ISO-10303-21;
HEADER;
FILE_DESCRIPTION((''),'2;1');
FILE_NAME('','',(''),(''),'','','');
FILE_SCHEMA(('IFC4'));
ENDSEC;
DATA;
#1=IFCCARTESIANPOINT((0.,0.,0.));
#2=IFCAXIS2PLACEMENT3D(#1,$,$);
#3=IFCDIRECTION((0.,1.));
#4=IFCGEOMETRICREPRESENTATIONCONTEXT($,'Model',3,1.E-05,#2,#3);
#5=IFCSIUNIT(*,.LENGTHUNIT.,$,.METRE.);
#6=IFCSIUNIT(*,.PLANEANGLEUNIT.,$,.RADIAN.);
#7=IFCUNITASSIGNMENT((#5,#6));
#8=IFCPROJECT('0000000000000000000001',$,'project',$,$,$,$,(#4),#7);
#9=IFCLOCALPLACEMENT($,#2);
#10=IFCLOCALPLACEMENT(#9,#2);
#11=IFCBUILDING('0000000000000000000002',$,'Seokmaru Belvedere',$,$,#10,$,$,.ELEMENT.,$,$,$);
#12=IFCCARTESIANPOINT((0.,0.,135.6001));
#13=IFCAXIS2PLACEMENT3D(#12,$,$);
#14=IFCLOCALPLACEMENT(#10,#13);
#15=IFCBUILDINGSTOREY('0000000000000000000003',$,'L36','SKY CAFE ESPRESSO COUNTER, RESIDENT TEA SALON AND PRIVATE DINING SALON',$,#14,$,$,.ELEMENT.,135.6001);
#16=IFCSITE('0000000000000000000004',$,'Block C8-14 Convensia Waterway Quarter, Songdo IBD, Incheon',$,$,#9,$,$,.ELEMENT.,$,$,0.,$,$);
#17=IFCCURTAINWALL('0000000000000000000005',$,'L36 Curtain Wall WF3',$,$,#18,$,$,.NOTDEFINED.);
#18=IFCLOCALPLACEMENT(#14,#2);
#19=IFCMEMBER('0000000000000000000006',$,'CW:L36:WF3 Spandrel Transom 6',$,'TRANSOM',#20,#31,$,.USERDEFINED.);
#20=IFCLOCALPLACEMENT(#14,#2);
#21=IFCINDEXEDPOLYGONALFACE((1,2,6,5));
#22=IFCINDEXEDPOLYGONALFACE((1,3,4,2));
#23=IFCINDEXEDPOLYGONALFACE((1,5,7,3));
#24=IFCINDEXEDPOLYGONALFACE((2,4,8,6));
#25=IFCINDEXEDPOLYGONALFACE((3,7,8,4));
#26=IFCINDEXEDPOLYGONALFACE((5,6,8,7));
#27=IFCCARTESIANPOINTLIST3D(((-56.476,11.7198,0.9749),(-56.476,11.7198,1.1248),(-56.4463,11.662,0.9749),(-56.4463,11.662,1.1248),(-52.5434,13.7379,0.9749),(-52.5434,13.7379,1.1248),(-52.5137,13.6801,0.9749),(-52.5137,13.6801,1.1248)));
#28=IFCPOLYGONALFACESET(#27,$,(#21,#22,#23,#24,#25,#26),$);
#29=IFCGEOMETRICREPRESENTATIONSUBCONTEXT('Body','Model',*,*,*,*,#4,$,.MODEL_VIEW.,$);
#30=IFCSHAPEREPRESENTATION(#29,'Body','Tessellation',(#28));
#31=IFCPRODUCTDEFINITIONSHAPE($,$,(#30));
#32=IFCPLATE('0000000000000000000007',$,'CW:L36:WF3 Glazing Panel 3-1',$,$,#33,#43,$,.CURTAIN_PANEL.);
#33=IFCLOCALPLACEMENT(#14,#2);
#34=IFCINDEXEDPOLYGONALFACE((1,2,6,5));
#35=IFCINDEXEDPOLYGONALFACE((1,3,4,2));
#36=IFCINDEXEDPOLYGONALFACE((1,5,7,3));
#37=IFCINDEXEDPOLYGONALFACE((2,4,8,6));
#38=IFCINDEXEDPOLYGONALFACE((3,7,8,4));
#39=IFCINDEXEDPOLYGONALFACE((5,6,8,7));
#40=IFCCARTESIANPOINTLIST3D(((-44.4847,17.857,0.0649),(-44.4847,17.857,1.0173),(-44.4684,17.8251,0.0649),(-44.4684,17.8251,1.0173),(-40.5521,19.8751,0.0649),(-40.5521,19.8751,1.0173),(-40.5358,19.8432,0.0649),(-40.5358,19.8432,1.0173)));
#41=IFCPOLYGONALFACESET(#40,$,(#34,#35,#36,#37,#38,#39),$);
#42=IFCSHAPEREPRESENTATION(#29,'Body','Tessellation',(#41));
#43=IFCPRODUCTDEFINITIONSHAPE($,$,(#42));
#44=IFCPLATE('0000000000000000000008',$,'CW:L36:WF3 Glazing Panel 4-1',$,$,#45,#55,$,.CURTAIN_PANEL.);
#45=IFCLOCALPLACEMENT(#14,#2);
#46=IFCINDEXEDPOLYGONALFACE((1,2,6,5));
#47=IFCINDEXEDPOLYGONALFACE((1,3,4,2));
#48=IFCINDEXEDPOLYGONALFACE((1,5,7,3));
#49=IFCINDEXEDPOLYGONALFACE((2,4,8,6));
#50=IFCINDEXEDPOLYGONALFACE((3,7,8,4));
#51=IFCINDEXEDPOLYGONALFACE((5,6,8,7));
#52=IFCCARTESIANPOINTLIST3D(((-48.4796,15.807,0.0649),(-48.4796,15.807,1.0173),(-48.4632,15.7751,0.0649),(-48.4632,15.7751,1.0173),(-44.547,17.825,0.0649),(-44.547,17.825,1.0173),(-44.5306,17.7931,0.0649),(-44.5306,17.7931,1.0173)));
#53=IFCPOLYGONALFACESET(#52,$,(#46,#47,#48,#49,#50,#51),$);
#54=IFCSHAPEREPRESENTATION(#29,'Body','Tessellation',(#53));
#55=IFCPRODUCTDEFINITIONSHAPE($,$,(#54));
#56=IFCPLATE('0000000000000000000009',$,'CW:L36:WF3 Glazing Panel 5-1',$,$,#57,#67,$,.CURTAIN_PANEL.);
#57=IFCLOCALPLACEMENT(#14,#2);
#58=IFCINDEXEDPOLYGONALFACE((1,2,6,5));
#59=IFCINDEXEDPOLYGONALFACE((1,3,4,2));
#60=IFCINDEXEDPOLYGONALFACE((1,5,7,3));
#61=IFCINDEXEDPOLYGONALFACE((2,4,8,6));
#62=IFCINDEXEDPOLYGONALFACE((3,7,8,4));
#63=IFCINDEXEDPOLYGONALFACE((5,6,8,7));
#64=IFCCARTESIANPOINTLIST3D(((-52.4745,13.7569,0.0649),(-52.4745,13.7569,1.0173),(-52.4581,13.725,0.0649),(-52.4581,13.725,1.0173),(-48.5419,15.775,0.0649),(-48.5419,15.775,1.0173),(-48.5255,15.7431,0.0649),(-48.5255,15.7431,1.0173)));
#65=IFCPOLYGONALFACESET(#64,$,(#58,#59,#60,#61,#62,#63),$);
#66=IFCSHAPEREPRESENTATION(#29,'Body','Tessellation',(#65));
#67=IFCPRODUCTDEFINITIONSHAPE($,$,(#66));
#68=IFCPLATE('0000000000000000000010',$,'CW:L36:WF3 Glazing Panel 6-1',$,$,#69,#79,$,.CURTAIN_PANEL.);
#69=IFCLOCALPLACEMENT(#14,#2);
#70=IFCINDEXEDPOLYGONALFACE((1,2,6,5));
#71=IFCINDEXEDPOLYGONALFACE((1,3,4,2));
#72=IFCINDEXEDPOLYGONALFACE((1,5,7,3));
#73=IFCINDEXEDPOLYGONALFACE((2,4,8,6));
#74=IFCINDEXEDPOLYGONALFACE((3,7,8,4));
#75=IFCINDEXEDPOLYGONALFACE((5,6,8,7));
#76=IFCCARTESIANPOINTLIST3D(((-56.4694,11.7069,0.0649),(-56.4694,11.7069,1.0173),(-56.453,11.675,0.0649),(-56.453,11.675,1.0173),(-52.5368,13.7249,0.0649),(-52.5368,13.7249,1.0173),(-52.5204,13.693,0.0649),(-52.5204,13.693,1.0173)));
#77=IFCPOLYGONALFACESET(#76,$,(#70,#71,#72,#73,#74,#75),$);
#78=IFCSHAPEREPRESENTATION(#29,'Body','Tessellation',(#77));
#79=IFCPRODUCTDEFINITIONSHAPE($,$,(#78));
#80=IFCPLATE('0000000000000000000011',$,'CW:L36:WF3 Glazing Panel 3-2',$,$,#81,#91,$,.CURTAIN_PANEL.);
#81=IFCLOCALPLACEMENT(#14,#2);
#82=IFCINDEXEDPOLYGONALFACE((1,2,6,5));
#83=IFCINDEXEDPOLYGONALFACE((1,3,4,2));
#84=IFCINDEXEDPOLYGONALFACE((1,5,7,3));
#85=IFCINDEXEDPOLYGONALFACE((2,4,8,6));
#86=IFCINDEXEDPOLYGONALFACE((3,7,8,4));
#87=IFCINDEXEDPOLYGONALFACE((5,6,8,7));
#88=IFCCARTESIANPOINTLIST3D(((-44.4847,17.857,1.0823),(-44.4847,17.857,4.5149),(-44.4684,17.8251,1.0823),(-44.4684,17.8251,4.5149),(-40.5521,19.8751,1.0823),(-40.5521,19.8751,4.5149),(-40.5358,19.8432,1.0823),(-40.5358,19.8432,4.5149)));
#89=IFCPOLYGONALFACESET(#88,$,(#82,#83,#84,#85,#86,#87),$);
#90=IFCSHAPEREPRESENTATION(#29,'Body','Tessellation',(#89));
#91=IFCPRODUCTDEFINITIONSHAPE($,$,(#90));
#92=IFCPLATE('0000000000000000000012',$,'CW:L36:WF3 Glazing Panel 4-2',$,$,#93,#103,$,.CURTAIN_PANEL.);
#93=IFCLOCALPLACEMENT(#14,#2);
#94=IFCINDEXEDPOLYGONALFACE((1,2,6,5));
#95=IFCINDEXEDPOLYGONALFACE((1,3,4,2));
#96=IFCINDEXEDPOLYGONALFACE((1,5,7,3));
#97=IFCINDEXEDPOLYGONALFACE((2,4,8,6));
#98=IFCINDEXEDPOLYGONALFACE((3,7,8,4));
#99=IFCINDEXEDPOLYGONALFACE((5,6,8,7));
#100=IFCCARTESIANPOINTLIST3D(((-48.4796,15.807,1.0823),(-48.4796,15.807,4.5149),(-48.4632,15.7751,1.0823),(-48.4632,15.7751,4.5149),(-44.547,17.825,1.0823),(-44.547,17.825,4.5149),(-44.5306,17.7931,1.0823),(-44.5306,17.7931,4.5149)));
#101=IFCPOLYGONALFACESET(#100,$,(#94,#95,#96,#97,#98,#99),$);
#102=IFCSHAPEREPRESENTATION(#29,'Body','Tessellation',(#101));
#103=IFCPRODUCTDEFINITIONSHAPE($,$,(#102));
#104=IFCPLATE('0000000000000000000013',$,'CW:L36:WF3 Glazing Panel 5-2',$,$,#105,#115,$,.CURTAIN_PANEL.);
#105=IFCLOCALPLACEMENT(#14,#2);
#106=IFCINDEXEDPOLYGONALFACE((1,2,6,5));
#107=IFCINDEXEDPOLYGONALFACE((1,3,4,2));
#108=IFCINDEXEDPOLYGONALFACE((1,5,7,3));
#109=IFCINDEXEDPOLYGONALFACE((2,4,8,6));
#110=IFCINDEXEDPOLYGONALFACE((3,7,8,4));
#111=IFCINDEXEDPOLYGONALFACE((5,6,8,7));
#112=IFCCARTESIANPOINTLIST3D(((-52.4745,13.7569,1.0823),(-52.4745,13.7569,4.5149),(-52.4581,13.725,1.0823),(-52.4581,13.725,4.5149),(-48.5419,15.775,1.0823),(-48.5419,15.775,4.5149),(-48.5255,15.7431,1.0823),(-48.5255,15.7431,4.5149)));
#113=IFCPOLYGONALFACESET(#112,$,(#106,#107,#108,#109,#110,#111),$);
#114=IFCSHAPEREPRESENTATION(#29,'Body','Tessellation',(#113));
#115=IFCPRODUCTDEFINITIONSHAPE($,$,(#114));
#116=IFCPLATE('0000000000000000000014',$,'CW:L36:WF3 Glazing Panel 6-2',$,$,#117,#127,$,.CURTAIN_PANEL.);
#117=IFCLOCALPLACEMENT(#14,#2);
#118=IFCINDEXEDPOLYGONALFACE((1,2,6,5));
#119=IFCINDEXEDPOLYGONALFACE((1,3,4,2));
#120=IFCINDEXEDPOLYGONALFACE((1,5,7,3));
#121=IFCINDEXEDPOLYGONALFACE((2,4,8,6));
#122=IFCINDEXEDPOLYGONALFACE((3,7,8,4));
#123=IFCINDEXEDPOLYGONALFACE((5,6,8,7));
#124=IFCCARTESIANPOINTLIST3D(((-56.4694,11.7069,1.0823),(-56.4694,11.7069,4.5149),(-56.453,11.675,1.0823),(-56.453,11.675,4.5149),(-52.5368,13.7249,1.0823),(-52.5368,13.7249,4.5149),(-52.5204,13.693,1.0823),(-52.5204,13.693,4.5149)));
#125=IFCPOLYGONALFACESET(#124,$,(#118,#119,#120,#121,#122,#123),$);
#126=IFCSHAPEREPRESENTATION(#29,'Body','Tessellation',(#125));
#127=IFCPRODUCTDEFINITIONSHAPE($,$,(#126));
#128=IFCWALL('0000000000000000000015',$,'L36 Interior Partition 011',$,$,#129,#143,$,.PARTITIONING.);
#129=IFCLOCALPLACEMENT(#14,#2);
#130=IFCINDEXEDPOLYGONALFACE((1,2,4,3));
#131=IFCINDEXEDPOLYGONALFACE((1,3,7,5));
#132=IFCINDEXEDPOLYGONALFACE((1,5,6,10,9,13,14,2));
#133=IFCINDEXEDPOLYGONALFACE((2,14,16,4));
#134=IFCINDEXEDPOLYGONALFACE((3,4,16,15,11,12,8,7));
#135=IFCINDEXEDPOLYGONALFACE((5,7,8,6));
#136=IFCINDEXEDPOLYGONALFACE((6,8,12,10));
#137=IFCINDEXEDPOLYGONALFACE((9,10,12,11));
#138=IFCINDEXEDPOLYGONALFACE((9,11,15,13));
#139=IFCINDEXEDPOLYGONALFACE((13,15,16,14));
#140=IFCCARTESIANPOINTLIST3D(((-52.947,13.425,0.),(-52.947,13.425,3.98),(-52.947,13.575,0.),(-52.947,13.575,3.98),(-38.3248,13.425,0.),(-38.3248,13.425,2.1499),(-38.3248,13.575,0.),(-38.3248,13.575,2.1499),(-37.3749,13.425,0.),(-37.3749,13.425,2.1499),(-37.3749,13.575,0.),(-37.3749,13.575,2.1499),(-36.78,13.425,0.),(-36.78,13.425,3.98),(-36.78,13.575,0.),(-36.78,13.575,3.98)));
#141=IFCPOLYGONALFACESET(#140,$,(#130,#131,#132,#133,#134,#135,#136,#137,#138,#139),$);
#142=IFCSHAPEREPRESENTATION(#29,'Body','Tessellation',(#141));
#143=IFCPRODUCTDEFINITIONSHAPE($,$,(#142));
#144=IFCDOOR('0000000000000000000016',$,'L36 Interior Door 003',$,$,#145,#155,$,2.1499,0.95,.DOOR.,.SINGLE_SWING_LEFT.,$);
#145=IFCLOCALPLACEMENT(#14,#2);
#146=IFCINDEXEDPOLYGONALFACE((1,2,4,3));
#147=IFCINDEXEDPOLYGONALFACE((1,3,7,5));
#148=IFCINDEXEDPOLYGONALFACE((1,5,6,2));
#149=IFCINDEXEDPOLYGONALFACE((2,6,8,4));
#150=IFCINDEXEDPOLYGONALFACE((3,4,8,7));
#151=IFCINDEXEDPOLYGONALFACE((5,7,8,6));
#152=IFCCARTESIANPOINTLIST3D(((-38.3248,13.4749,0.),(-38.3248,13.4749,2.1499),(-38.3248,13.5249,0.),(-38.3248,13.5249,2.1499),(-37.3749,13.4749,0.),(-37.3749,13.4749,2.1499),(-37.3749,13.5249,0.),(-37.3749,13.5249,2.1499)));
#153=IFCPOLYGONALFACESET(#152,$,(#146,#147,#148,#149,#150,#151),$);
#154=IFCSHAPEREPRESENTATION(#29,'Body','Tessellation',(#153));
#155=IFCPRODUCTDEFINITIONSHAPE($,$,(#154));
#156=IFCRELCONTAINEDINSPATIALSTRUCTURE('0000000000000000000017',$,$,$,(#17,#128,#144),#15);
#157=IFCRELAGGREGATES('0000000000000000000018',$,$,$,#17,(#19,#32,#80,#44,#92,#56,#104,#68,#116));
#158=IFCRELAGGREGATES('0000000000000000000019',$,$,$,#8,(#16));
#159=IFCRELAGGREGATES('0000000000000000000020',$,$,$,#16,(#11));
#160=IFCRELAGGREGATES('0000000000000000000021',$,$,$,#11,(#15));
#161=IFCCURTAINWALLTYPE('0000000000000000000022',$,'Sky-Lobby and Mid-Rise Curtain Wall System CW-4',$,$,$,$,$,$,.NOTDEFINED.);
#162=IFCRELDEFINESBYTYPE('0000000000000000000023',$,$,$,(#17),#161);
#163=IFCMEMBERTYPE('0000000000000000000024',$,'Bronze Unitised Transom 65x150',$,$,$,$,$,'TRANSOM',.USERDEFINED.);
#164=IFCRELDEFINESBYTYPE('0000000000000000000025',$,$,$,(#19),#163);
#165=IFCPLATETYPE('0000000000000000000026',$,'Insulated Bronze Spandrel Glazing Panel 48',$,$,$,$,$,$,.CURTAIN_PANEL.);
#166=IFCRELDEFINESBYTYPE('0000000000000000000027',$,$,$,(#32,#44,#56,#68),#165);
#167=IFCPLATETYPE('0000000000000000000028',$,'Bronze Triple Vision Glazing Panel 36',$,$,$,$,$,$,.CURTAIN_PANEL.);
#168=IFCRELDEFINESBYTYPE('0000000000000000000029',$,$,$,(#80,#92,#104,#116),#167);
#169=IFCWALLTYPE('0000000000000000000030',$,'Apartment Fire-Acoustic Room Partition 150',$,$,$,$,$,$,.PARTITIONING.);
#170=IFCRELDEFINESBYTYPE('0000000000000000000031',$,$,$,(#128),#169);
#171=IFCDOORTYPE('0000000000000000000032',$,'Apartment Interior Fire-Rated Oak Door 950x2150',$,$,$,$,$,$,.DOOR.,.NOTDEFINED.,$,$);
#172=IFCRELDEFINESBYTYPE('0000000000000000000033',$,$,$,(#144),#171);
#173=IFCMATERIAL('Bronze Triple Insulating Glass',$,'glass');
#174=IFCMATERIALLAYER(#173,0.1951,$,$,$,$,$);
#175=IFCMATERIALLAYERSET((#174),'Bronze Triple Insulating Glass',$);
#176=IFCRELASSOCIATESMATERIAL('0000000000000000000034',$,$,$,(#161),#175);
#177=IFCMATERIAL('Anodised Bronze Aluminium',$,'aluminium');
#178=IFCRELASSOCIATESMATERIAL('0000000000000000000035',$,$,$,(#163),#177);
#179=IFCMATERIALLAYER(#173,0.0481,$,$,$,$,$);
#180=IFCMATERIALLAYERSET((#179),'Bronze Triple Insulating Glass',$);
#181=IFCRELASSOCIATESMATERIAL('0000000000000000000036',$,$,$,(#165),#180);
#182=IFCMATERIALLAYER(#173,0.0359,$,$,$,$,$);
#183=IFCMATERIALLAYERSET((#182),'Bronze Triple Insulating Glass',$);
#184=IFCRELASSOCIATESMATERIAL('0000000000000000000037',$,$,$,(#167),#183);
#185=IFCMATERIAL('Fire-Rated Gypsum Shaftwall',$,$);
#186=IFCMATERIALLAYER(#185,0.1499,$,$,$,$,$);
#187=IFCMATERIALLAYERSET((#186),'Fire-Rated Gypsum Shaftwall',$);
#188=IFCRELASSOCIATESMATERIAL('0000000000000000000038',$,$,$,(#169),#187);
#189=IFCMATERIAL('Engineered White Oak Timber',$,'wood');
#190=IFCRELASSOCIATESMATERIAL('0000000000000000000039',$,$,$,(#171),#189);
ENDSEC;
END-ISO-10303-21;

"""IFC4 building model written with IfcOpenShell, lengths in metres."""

from ifc_helpers import new_model, si_unit, direction, frame, frame_2d, origin, origin_2d, place, context, subcontext, project, spatial, rectangle, extrude, source, transform, mapped, material, layer, layer_set, material_profile, profile_set, type_object, type_shapes, element, fill, aggregate, save


model = new_model("IFC4")

# Units and contexts
model_context = context("Model", 3, precision=1e-05, world=origin(), true_north=direction((0.0, 1.0)))
body_context = subcontext(model_context, "Body", "Model", "MODEL_VIEW")
ifc_project = project(units=[si_unit("LENGTHUNIT", "METRE"), si_unit("PLANEANGLEUNIT", "RADIAN")], contexts=[model_context])

# Site, building, storey
site_placement = place(None, origin())
site = spatial("IfcSite", under=ifc_project, at=site_placement, Name="Block C8-14 Convensia Waterway Quarter, Songdo IBD, Incheon", CompositionType="ELEMENT", RefElevation=0.0)
building_placement = place(site_placement, origin())
building = spatial("IfcBuilding", under=site, at=building_placement, Name="Seokmaru Belvedere", CompositionType="ELEMENT")
storey_placement = place(building_placement, frame((0.0, 0.0, 135.6001)))
storey = spatial("IfcBuildingStorey", under=building, at=storey_placement, Name="L36", Description="SKY CAFE ESPRESSO COUNTER, RESIDENT TEA SALON AND PRIVATE DINING SALON", CompositionType="ELEMENT", Elevation=135.6001)

# Curtain wall, member, plates
ifc_material_1 = material(Name="Bronze Triple Insulating Glass", Category="glass")
ifc_layer_1 = layer(ifc_material_1, 0.1951)
ifc_layer_set_1 = layer_set([ifc_layer_1], Name="Bronze Triple Insulating Glass")
curtain_wall_type = type_object("IfcCurtainWallType", Name="Sky-Lobby and Mid-Rise Curtain Wall System CW-4", PredefinedType="NOTDEFINED", material=ifc_layer_set_1)
curtain_wall_placement = place(storey_placement, origin())
curtain_wall = element("IfcCurtainWall", 1, at=curtain_wall_placement, inside=storey, type_object=curtain_wall_type, Name="L36 Curtain Wall WF3", PredefinedType="NOTDEFINED")
ifc_material_2 = material(Name="Anodised Bronze Aluminium", Category="aluminium")
ifc_material_profile_1 = material_profile(ifc_material_2, rectangle(XDim=0.0649, YDim=0.1499, at=origin_2d()), Name="CW-T-65x150")
ifc_profile_set_1 = profile_set([ifc_material_profile_1], Name="Anodised Bronze Aluminium")
member_type_1 = type_object("IfcMemberType", Name="Bronze Unitised Transom 65x150", ElementType="TRANSOM", PredefinedType="USERDEFINED", material=ifc_profile_set_1)
shared_shape_1 = source(origin(), body_context, "Body", "SweptSolid", [
    extrude(rectangle(XDim=0.0649, YDim=0.1499, at=origin_2d()), origin(), (0.0, 0.0, 1.0), 4.4202),
])
type_shapes(member_type_1, [shared_shape_1])
member_1_placement = place(storey_placement, frame((-52.5286, 13.709, 1.0498), z_axis=(-0.889694, -0.456557, 0.0), x_axis=(0.456557, -0.889694, 0.0)))
member_1 = element("IfcMember", 2, at=member_1_placement, type_object=member_type_1, Name="CW:L36:WF3 Spandrel Transom 6", ObjectType="TRANSOM", PredefinedType="USERDEFINED", context=body_context, shape_type="MappedRepresentation", body=[
    mapped(shared_shape_1, transform((0.0, 0.0, 0.0), scale=1.0)),
])
ifc_layer_2 = layer(ifc_material_1, 0.0481)
ifc_layer_set_2 = layer_set([ifc_layer_2], Name="Bronze Triple Insulating Glass")
plate_type_1 = type_object("IfcPlateType", Name="Insulated Bronze Spandrel Glazing Panel 48", PredefinedType="CURTAIN_PANEL", material=ifc_layer_set_2)
shared_shape_2 = source(origin(), body_context, "Body", "SweptSolid", [
    extrude(rectangle(XDim=4.4202, YDim=0.0359, at=origin_2d()), origin(), (0.0, 0.0, 1.0), 0.9524),
])
type_shapes(plate_type_1, [shared_shape_2])
plate_1_placement = place(storey_placement, frame((-42.5103, 18.8501, 0.0649), z_axis=(0.0, 0.0, 1.0), x_axis=(-0.889695, -0.456555, 0.0)))
plate_1 = element("IfcPlate", 3, at=plate_1_placement, type_object=plate_type_1, Name="CW:L36:WF3 Glazing Panel 3-1", PredefinedType="CURTAIN_PANEL", context=body_context, shape_type="MappedRepresentation", body=[
    mapped(shared_shape_2, transform((0.0, 0.0, 0.0), scale=1.0)),
])
plate_2_placement = place(storey_placement, frame((-46.5051, 16.8, 0.0649), z_axis=(0.0, 0.0, 1.0), x_axis=(-0.889695, -0.456555, 0.0)))
plate_2 = element("IfcPlate", 4, at=plate_2_placement, type_object=plate_type_1, Name="CW:L36:WF3 Glazing Panel 4-1", PredefinedType="CURTAIN_PANEL", context=body_context, shape_type="MappedRepresentation", body=[
    mapped(shared_shape_2, transform((0.0, 0.0, 0.0), scale=1.0)),
])
plate_3_placement = place(storey_placement, frame((-50.5, 14.75, 0.0649), z_axis=(0.0, 0.0, 1.0), x_axis=(-0.889695, -0.456555, 0.0)))
plate_3 = element("IfcPlate", 5, at=plate_3_placement, type_object=plate_type_1, Name="CW:L36:WF3 Glazing Panel 5-1", PredefinedType="CURTAIN_PANEL", context=body_context, shape_type="MappedRepresentation", body=[
    mapped(shared_shape_2, transform((0.0, 0.0, 0.0), scale=1.0)),
])
plate_4_placement = place(storey_placement, frame((-54.4949, 12.7, 0.0649), z_axis=(0.0, 0.0, 1.0), x_axis=(-0.889695, -0.456555, 0.0)))
plate_4 = element("IfcPlate", 6, at=plate_4_placement, type_object=plate_type_1, Name="CW:L36:WF3 Glazing Panel 6-1", PredefinedType="CURTAIN_PANEL", context=body_context, shape_type="MappedRepresentation", body=[
    mapped(shared_shape_2, transform((0.0, 0.0, 0.0), scale=1.0)),
])
ifc_layer_3 = layer(ifc_material_1, 0.0359)
ifc_layer_set_3 = layer_set([ifc_layer_3], Name="Bronze Triple Insulating Glass")
plate_type_2 = type_object("IfcPlateType", Name="Bronze Triple Vision Glazing Panel 36", PredefinedType="CURTAIN_PANEL", material=ifc_layer_set_3)
shared_shape_3 = source(origin(), body_context, "Body", "SweptSolid", [
    extrude(rectangle(XDim=4.4202, YDim=0.0359, at=origin_2d()), origin(), (0.0, 0.0, 1.0), 3.4326),
])
type_shapes(plate_type_2, [shared_shape_3])
plate_5_placement = place(storey_placement, frame((-42.5103, 18.8501, 1.0823), z_axis=(0.0, 0.0, 1.0), x_axis=(-0.889695, -0.456555, 0.0)))
plate_5 = element("IfcPlate", 7, at=plate_5_placement, type_object=plate_type_2, Name="CW:L36:WF3 Glazing Panel 3-2", PredefinedType="CURTAIN_PANEL", context=body_context, shape_type="MappedRepresentation", body=[
    mapped(shared_shape_3, transform((0.0, 0.0, 0.0), scale=1.0)),
])
plate_6_placement = place(storey_placement, frame((-46.5051, 16.8, 1.0823), z_axis=(0.0, 0.0, 1.0), x_axis=(-0.889695, -0.456555, 0.0)))
plate_6 = element("IfcPlate", 8, at=plate_6_placement, type_object=plate_type_2, Name="CW:L36:WF3 Glazing Panel 4-2", PredefinedType="CURTAIN_PANEL", context=body_context, shape_type="MappedRepresentation", body=[
    mapped(shared_shape_3, transform((0.0, 0.0, 0.0), scale=1.0)),
])
plate_7_placement = place(storey_placement, frame((-50.5, 14.75, 1.0823), z_axis=(0.0, 0.0, 1.0), x_axis=(-0.889695, -0.456555, 0.0)))
plate_7 = element("IfcPlate", 9, at=plate_7_placement, type_object=plate_type_2, Name="CW:L36:WF3 Glazing Panel 5-2", PredefinedType="CURTAIN_PANEL", context=body_context, shape_type="MappedRepresentation", body=[
    mapped(shared_shape_3, transform((0.0, 0.0, 0.0), scale=1.0)),
])
plate_8_placement = place(storey_placement, frame((-54.4949, 12.7, 1.0823), z_axis=(0.0, 0.0, 1.0), x_axis=(-0.889695, -0.456555, 0.0)))
plate_8 = element("IfcPlate", 10, at=plate_8_placement, type_object=plate_type_2, Name="CW:L36:WF3 Glazing Panel 6-2", PredefinedType="CURTAIN_PANEL", context=body_context, shape_type="MappedRepresentation", body=[
    mapped(shared_shape_3, transform((0.0, 0.0, 0.0), scale=1.0)),
])
aggregate(curtain_wall, [member_1, plate_1, plate_5, plate_2, plate_6, plate_3, plate_7, plate_4, plate_8])

# Wall, opening, door
ifc_material_3 = material(Name="Fire-Rated Gypsum Shaftwall")
ifc_layer_4 = layer(ifc_material_3, 0.1499)
ifc_layer_set_4 = layer_set([ifc_layer_4], Name="Fire-Rated Gypsum Shaftwall")
wall_type_1 = type_object("IfcWallType", Name="Apartment Fire-Acoustic Room Partition 150", PredefinedType="PARTITIONING", material=ifc_layer_set_4)
wall_1_placement = place(storey_placement, frame((-52.947, 13.5, 0.0), z_axis=(0.0, 0.0, 1.0), x_axis=(1.0, 0.0, 0.0)))
wall_1 = element("IfcWall", 11, at=wall_1_placement, inside=storey, type_object=wall_type_1, Name="L36 Interior Partition 011", PredefinedType="PARTITIONING", context=body_context, shape_type="SweptSolid", body=[
    extrude(rectangle(XDim=16.167, YDim=0.1499, at=frame_2d((8.0835, 0.0))), origin(), (0.0, 0.0, 1.0), 3.98),
])
opening_1_placement = place(wall_1_placement, frame((14.6221, 0.0, 0.0)))
opening_1 = element("IfcOpeningElement", 12, at=opening_1_placement, cuts=wall_1, PredefinedType="OPENING", context=body_context, shape_type="SweptSolid", body=[
    extrude(rectangle(XDim=0.95, YDim=2.1499, at=frame_2d((0.4751, 1.075))), frame((0.0, 0.085, 0.0), z_axis=(0.0, -1.0, 0.0), x_axis=(1.0, 0.0, 0.0)), (0.0, 0.0, 1.0), 0.1699),
])
ifc_material_4 = material(Name="Engineered White Oak Timber", Category="wood")
door_type = type_object("IfcDoorType", Name="Apartment Interior Fire-Rated Oak Door 950x2150", OperationType="NOTDEFINED", PredefinedType="DOOR", material=ifc_material_4)
shared_shape_4 = source(origin(), body_context, "Body", "SweptSolid", [
    extrude(rectangle(XDim=0.95, YDim=2.1499, at=frame_2d((0.4751, 1.075))), frame((0.0, 0.0249, 0.0), z_axis=(0.0, -1.0, 0.0), x_axis=(1.0, 0.0, 0.0)), (0.0, 0.0, 1.0), 0.05),
])
type_shapes(door_type, [shared_shape_4])
door_1_placement = place(opening_1_placement, origin())
door_1 = element("IfcDoor", 13, at=door_1_placement, inside=storey, type_object=door_type, Name="L36 Interior Door 003", OperationType="SINGLE_SWING_LEFT", OverallHeight=2.1499, OverallWidth=0.95, PredefinedType="DOOR", context=body_context, shape_type="MappedRepresentation", body=[
    mapped(shared_shape_4, transform((0.0, 0.0, 0.0), scale=1.0)),
])
fill(opening_1, door_1)

save(model, "model.ifc")
